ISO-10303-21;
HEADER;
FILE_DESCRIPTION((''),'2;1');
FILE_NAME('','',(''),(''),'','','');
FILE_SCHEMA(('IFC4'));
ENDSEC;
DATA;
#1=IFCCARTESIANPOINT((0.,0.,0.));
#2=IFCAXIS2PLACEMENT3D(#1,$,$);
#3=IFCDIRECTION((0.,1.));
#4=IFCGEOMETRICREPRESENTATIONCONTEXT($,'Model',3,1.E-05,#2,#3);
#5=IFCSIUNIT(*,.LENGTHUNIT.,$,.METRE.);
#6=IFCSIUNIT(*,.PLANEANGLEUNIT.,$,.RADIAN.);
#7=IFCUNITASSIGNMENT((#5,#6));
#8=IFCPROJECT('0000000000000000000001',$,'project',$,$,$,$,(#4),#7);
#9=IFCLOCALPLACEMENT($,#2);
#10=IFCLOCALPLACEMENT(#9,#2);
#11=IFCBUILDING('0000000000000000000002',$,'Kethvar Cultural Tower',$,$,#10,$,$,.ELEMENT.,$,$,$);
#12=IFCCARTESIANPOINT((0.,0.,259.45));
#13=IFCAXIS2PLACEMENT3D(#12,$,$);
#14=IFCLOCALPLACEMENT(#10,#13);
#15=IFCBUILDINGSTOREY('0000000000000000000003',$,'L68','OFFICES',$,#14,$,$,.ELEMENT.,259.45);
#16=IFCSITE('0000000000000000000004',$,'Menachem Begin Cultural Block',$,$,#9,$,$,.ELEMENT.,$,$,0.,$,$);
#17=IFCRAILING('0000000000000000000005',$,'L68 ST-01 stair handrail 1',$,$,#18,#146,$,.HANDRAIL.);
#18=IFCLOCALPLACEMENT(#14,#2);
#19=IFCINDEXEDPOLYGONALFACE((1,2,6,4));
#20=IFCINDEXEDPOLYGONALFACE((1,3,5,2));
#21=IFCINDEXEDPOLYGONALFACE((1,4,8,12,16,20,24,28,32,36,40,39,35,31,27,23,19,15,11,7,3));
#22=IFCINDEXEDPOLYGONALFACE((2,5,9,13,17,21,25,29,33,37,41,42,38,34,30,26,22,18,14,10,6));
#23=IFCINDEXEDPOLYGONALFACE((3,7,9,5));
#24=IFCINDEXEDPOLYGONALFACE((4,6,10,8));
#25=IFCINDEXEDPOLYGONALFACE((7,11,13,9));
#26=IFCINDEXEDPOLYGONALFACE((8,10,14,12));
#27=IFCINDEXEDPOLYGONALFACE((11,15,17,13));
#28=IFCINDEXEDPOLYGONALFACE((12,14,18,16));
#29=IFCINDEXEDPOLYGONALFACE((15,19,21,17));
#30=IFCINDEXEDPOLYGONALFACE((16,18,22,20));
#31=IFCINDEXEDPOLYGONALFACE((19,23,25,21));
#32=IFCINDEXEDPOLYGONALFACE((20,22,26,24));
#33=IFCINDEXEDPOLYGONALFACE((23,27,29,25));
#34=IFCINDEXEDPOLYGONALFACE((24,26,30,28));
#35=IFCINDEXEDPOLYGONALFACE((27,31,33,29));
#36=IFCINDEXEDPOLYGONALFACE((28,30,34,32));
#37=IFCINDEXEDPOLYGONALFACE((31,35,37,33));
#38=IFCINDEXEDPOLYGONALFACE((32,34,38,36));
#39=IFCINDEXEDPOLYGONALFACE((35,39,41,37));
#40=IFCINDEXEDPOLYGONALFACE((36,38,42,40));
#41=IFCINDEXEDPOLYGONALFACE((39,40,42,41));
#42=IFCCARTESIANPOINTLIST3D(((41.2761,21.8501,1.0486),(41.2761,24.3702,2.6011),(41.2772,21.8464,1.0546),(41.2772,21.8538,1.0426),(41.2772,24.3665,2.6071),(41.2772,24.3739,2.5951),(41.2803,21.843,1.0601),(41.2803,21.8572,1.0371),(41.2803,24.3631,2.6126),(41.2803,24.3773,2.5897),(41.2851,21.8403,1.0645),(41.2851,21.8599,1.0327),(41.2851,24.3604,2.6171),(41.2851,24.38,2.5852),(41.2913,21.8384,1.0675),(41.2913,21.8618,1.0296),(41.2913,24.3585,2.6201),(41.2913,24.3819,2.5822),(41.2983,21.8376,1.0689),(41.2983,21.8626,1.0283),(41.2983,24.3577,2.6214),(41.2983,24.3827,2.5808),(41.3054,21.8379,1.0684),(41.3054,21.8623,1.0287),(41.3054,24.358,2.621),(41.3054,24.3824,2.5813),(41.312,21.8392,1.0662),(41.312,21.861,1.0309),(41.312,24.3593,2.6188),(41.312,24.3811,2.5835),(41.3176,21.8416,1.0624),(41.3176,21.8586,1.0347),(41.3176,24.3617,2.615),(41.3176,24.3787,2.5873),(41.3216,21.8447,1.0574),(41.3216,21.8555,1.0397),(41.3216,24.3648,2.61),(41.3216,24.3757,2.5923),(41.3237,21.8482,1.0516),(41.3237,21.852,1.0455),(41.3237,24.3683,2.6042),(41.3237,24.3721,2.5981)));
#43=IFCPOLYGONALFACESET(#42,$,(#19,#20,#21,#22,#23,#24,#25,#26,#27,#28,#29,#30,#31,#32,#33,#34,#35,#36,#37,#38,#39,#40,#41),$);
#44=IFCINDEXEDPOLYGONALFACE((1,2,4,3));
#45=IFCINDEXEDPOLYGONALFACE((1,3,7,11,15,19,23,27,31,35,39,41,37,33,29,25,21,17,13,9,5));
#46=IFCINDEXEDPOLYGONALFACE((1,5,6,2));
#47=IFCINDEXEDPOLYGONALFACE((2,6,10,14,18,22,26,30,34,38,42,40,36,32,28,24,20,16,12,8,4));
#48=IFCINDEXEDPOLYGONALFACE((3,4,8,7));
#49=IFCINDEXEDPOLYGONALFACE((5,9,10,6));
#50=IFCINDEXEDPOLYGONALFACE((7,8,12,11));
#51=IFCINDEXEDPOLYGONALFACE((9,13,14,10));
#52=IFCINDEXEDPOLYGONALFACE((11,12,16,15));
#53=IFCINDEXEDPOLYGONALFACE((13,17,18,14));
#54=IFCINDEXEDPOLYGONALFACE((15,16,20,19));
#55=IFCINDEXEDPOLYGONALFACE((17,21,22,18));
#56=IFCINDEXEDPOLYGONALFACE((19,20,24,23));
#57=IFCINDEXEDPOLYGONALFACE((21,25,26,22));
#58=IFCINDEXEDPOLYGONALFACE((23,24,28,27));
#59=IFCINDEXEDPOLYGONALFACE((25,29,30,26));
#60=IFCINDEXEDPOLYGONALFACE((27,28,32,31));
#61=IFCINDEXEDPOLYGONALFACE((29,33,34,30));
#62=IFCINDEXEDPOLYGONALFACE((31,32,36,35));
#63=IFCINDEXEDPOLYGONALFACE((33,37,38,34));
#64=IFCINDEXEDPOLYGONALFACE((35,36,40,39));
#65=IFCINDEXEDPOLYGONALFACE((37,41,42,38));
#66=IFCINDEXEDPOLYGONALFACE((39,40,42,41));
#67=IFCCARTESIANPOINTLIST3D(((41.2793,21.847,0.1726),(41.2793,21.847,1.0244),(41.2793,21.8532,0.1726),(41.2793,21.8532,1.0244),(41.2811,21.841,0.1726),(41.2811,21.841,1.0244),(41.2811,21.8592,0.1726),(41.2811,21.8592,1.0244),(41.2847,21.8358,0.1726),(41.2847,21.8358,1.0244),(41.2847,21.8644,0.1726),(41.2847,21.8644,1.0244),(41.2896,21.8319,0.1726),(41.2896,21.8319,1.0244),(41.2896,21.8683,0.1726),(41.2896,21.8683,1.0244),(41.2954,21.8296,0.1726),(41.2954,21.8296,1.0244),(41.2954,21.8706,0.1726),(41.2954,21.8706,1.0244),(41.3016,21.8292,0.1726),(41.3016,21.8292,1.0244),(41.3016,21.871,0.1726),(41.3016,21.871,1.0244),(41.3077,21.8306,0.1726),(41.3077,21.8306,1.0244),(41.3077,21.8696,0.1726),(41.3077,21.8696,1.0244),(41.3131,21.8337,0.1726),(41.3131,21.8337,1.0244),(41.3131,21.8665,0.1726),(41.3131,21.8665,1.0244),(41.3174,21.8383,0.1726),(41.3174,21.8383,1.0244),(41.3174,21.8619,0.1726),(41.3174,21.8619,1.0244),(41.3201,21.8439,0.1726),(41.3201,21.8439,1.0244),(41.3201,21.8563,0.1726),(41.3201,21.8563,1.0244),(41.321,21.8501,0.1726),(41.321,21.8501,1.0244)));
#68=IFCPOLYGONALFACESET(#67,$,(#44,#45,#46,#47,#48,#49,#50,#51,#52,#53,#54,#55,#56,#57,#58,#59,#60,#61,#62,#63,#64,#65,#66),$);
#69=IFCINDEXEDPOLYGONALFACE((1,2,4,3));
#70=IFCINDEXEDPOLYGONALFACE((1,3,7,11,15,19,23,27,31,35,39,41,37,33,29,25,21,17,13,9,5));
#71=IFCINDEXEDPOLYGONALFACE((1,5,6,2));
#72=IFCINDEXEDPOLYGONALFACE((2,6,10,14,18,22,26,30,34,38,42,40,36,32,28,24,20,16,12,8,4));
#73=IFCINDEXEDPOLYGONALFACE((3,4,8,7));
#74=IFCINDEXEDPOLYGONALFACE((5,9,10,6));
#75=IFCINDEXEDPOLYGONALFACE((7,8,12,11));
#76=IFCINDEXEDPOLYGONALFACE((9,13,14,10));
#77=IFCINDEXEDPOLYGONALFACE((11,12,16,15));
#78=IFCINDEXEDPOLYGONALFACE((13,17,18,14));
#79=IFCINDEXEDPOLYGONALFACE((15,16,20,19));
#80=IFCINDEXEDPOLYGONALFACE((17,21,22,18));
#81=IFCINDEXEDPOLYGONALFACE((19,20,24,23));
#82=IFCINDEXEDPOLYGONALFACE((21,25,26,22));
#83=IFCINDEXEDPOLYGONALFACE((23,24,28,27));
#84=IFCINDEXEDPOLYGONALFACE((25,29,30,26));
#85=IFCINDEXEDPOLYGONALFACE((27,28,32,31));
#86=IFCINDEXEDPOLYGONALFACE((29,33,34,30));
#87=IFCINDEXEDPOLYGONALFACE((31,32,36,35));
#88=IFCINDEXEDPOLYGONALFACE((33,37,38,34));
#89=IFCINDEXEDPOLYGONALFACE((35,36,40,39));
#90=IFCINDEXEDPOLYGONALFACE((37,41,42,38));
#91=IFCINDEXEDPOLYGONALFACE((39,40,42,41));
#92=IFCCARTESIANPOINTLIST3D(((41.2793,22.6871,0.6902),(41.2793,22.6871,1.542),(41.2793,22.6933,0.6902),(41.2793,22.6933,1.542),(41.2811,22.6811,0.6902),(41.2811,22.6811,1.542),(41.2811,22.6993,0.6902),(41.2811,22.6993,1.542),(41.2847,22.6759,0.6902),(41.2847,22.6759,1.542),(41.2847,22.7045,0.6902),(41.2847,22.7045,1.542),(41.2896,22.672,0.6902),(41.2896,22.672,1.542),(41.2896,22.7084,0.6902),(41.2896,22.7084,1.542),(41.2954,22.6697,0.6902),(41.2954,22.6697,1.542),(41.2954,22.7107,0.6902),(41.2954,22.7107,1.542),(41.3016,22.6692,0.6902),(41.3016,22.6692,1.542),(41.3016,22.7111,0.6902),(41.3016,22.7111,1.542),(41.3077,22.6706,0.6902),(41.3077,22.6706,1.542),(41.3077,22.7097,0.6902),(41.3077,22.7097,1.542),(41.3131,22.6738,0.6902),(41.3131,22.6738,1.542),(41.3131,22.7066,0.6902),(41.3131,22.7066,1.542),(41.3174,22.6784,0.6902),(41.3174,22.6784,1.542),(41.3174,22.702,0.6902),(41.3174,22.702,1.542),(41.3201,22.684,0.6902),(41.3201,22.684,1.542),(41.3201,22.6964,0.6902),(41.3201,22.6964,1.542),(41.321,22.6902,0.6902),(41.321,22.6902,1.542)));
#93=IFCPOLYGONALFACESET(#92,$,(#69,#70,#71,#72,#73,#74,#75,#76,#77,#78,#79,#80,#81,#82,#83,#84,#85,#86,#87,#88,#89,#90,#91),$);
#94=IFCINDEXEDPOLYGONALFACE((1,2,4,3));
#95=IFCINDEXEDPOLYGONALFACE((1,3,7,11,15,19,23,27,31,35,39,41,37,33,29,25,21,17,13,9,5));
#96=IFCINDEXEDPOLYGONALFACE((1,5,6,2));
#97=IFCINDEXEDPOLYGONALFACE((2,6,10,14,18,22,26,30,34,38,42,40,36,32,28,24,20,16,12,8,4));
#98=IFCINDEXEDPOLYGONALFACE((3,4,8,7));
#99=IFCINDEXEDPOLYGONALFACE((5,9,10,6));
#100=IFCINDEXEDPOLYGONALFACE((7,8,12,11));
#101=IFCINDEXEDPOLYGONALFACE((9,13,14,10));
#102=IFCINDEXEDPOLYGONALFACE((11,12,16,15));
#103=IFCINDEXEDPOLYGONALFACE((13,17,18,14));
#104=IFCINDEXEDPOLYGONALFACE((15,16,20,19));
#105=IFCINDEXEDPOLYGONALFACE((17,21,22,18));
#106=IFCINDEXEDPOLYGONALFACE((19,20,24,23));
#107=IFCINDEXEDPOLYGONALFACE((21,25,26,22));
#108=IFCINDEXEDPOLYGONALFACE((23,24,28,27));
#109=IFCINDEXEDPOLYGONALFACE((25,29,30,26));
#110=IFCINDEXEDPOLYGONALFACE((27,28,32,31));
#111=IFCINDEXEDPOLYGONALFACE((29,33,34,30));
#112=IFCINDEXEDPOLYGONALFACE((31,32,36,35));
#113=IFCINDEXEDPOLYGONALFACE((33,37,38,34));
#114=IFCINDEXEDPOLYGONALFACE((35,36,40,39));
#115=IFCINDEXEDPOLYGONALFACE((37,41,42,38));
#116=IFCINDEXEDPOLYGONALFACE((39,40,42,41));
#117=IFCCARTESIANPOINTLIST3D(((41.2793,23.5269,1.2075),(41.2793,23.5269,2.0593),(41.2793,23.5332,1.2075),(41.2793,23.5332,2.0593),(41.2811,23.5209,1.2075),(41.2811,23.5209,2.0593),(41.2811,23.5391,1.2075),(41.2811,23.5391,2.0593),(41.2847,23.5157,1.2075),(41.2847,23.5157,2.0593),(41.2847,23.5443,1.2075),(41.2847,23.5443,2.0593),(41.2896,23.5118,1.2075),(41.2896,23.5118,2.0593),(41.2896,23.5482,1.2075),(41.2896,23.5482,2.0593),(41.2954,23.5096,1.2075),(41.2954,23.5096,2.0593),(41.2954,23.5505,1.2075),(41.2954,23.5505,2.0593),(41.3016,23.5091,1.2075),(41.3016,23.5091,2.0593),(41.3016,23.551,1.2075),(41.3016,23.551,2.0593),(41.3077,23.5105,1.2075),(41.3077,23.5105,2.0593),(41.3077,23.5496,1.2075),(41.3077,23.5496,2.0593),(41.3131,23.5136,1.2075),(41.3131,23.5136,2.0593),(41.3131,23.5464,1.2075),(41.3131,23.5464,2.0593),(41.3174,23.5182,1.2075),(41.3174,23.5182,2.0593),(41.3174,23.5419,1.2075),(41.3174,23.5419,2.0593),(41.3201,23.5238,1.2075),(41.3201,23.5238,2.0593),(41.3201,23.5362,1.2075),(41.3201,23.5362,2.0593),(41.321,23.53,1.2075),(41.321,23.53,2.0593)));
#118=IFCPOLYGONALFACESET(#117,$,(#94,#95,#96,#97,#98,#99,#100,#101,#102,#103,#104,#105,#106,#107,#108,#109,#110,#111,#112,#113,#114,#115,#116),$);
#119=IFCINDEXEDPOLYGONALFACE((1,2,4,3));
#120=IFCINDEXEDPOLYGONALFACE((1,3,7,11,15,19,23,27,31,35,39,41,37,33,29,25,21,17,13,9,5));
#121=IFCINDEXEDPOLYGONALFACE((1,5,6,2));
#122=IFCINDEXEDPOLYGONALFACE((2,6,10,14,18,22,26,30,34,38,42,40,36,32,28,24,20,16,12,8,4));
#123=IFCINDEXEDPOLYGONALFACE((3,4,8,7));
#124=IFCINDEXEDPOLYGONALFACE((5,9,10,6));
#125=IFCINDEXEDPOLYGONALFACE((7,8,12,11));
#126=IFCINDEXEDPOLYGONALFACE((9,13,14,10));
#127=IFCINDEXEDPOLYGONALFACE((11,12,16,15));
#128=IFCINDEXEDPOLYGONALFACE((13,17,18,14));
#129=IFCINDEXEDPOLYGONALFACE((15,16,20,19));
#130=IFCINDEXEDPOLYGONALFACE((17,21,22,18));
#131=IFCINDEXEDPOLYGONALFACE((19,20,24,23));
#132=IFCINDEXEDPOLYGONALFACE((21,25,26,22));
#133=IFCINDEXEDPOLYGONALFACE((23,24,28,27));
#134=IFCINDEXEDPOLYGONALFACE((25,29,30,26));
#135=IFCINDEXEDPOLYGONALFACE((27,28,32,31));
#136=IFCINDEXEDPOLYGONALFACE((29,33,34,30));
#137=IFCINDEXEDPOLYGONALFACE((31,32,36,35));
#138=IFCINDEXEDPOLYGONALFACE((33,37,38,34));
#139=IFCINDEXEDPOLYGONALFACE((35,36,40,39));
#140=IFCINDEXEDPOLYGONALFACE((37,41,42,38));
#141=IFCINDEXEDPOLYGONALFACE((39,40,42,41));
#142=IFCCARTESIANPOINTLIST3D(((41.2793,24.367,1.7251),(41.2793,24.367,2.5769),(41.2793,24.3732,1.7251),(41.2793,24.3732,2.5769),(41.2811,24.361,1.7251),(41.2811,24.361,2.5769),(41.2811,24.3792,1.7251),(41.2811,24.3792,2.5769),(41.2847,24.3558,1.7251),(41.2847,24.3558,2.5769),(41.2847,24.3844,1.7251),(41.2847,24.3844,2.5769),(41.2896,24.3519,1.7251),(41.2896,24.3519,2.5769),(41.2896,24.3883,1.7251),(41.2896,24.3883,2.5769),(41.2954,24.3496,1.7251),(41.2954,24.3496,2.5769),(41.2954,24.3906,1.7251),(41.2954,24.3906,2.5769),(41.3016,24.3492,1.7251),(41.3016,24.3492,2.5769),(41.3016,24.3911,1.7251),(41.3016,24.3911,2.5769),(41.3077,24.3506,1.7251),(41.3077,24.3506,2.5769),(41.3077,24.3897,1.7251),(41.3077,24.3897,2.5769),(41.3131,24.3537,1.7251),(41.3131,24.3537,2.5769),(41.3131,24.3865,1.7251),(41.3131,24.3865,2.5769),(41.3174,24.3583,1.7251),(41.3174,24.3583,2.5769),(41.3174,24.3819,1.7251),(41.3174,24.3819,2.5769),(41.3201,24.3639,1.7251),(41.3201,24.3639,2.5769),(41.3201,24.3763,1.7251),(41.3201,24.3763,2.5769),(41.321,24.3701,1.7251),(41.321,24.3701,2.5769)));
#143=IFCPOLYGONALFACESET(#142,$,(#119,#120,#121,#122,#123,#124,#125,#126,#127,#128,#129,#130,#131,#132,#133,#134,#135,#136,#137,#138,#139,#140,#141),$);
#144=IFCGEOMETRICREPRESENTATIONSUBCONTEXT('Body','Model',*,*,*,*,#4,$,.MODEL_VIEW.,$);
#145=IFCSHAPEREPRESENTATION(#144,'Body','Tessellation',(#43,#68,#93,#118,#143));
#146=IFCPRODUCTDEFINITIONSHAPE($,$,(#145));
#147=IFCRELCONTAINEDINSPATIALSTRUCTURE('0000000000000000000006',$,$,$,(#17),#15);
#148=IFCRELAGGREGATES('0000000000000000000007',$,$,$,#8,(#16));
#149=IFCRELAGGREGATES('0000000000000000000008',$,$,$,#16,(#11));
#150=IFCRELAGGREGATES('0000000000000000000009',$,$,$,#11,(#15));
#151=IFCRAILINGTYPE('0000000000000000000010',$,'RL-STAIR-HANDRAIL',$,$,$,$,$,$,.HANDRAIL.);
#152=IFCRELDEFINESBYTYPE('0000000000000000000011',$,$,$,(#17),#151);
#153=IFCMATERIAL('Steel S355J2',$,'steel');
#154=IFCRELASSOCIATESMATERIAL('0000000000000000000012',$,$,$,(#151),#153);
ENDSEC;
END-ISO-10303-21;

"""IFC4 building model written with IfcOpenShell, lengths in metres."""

from ifc_helpers import new_model, si_unit, direction, frame, origin, origin_2d, place, context, subcontext, project, spatial, circle, extrude, material, type_object, element, save


model = new_model("IFC4")

# Units and contexts
model_context = context("Model", 3, precision=1e-05, world=origin(), true_north=direction((0.0, 1.0)))
body_context = subcontext(model_context, "Body", "Model", "MODEL_VIEW")
ifc_project = project(units=[si_unit("LENGTHUNIT", "METRE"), si_unit("PLANEANGLEUNIT", "RADIAN")], contexts=[model_context])

# Site, building, storey
site_placement = place(None, origin())
site = spatial("IfcSite", under=ifc_project, at=site_placement, Name="Menachem Begin Cultural Block", CompositionType="ELEMENT", RefElevation=0.0)
building_placement = place(site_placement, origin())
building = spatial("IfcBuilding", under=site, at=building_placement, Name="Kethvar Cultural Tower", CompositionType="ELEMENT")
storey_placement = place(building_placement, frame((0.0, 0.0, 259.45)))
storey = spatial("IfcBuildingStorey", under=building, at=storey_placement, Name="L68", Description="OFFICES", CompositionType="ELEMENT", Elevation=259.45)

# Shared definitions
ifc_material_1 = material(Name="Steel S355J2", Category="steel")

# Railing
railing_type_1 = type_object("IfcRailingType", Name="RL-STAIR-HANDRAIL", PredefinedType="HANDRAIL", material=ifc_material_1)
railing_1_placement = place(storey_placement, frame((41.3, 21.8501, 0.1726)))
element("IfcRailing", 1, at=railing_1_placement, inside=storey, type_object=railing_type_1, Name="L68 ST-01 stair handrail 1", PredefinedType="HANDRAIL", context=body_context, shape_type="SweptSolid", body=[
    extrude(circle(Radius=0.0239, at=origin_2d()), frame((0.0, 0.0, 0.876), z_axis=(0.0, 0.8514, 0.524516), x_axis=(-1.0, 0.0, 0.0)), (0.0, 0.0, 1.0), 2.96),
    extrude(circle(Radius=0.021, at=origin_2d()), origin(), (0.0, 0.0, 1.0), 0.8518),
    extrude(circle(Radius=0.021, at=origin_2d()), frame((0.0, 0.8401, 0.5176)), (0.0, 0.0, 1.0), 0.8518),
    extrude(circle(Radius=0.021, at=origin_2d()), frame((0.0, 1.6799, 1.0349)), (0.0, 0.0, 1.0), 0.8518),
    extrude(circle(Radius=0.021, at=origin_2d()), frame((0.0, 2.52, 1.5525)), (0.0, 0.0, 1.0), 0.8518),
])

save(model, "model.ifc")
